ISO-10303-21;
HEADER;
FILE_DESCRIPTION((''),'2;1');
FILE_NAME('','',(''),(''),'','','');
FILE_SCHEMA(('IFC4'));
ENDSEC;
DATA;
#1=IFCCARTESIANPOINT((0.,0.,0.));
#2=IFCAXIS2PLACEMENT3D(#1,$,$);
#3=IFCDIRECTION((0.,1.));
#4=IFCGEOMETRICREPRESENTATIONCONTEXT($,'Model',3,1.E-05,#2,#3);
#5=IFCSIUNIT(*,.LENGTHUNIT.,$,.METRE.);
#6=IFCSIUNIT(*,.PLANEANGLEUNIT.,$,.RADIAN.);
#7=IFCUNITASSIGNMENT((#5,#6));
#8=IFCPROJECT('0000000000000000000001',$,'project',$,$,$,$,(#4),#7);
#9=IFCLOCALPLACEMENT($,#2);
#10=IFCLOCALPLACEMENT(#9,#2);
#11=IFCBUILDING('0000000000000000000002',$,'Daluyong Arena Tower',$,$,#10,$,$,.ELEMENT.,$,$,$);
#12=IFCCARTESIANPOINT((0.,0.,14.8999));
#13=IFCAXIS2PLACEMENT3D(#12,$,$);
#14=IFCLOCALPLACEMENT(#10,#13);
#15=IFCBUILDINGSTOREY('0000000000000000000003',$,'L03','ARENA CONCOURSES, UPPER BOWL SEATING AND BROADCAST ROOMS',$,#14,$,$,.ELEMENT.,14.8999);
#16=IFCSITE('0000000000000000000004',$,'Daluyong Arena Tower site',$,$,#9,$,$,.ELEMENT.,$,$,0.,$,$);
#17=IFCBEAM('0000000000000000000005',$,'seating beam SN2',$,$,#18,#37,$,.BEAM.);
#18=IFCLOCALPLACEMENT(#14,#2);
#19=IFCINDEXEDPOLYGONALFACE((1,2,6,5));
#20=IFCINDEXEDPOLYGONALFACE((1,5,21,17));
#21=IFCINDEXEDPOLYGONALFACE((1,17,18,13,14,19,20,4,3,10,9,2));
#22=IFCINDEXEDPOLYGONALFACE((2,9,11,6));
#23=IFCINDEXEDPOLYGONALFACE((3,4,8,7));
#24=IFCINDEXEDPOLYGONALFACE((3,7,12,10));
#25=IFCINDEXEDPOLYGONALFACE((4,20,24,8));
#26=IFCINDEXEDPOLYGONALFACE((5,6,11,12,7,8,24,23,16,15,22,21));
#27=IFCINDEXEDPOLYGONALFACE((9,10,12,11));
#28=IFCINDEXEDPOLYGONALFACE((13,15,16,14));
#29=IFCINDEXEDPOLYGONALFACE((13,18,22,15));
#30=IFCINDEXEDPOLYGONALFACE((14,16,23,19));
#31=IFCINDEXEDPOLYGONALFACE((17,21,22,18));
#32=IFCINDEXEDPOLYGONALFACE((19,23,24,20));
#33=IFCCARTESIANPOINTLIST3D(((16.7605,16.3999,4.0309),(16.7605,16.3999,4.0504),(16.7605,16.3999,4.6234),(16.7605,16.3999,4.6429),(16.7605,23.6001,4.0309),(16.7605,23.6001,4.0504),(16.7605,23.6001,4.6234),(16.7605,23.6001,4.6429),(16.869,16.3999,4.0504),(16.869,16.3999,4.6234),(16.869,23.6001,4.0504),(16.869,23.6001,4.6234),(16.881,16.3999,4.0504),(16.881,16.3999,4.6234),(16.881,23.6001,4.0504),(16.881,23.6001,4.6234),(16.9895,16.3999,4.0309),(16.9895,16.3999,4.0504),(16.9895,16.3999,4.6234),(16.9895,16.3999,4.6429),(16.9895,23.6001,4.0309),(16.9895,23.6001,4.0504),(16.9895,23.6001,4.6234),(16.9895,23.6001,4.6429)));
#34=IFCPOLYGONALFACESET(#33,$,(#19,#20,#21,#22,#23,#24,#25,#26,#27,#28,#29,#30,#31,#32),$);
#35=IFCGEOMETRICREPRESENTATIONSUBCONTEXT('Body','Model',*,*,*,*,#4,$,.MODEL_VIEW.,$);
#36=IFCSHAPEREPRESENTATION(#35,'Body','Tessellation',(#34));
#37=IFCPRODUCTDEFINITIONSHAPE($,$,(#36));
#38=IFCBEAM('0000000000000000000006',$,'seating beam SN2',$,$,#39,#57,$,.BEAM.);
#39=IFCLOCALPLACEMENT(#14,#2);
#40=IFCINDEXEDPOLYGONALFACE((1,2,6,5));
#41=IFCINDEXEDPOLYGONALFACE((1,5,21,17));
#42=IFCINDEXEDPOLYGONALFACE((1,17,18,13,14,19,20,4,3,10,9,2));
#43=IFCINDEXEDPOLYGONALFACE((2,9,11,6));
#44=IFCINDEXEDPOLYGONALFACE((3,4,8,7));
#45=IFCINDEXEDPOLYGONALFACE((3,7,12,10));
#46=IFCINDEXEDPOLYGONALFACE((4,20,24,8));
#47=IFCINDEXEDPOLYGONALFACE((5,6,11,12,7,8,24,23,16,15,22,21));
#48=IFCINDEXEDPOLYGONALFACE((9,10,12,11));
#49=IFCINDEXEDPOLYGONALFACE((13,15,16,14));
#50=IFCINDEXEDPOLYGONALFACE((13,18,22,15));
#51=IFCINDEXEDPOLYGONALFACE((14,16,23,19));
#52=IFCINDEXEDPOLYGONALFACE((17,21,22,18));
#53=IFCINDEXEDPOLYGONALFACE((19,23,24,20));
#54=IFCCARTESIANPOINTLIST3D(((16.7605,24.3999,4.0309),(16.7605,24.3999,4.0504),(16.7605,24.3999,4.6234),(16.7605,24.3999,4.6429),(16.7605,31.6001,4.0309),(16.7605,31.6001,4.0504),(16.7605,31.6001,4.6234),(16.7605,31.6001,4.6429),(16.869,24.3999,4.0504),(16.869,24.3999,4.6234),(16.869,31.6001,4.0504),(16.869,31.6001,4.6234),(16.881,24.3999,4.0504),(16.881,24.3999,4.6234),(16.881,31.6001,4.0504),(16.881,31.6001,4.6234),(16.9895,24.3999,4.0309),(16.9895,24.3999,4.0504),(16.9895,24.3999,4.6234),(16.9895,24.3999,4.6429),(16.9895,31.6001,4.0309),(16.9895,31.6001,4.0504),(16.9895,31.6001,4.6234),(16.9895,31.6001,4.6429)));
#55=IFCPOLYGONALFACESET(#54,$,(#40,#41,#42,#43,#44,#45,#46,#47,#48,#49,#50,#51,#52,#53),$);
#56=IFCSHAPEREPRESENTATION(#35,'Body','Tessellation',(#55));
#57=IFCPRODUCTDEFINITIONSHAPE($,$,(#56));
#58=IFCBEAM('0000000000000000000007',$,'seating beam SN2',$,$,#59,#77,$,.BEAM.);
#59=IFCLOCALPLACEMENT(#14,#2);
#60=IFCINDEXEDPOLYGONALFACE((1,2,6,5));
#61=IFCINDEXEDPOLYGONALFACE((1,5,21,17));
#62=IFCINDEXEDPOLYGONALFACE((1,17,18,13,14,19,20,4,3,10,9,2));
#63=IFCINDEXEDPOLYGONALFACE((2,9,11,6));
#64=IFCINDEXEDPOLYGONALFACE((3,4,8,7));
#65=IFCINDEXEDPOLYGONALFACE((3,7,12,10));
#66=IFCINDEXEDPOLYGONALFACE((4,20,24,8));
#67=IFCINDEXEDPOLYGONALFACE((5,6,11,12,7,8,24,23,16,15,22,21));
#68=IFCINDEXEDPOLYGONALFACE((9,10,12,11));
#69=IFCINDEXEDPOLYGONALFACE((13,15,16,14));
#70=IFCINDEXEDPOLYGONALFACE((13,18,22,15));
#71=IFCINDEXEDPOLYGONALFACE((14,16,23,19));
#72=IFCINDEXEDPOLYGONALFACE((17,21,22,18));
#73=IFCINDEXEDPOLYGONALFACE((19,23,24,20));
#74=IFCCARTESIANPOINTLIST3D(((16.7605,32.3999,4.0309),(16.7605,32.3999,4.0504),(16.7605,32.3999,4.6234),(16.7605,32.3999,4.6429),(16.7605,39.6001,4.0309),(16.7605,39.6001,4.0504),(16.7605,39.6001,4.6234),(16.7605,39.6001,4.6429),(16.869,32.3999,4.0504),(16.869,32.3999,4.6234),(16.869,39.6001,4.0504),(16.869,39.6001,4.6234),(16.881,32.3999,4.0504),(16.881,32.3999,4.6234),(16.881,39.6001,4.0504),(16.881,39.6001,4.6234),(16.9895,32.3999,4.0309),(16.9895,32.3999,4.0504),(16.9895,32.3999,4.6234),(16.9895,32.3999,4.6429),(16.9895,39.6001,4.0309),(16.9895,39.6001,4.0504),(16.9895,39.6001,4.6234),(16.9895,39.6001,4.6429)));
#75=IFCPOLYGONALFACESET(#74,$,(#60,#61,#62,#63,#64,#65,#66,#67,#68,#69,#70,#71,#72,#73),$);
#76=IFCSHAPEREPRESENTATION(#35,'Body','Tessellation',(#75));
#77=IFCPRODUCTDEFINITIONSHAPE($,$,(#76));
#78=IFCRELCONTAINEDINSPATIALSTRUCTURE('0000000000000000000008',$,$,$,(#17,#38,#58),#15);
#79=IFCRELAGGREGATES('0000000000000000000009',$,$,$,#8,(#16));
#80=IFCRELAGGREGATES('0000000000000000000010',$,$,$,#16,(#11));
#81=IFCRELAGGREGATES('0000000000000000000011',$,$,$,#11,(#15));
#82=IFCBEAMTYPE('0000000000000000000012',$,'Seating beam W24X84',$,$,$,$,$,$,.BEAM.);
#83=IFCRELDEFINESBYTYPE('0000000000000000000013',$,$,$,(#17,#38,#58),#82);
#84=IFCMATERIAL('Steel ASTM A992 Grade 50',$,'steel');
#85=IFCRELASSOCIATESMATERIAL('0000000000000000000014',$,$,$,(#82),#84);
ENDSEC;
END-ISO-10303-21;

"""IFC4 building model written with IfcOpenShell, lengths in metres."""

from ifc_helpers import new_model, si_unit, direction, frame, origin, origin_2d, place, context, subcontext, project, spatial, i_section, extrude, material, material_profile, profile_set, type_object, element, save


model = new_model("IFC4")

# Units and contexts
model_context = context("Model", 3, precision=1e-05, world=origin(), true_north=direction((0.0, 1.0)))
body_context = subcontext(model_context, "Body", "Model", "MODEL_VIEW")
ifc_project = project(units=[si_unit("LENGTHUNIT", "METRE"), si_unit("PLANEANGLEUNIT", "RADIAN")], contexts=[model_context])

# Site, building, storey
site_placement = place(None, origin())
site = spatial("IfcSite", under=ifc_project, at=site_placement, Name="Daluyong Arena Tower site", CompositionType="ELEMENT", RefElevation=0.0)
building_placement = place(site_placement, origin())
building = spatial("IfcBuilding", under=site, at=building_placement, Name="Daluyong Arena Tower", CompositionType="ELEMENT")
storey_placement = place(building_placement, frame((0.0, 0.0, 14.8999)))
storey = spatial("IfcBuildingStorey", under=building, at=storey_placement, Name="L03", Description="ARENA CONCOURSES, UPPER BOWL SEATING AND BROADCAST ROOMS", CompositionType="ELEMENT", Elevation=14.8999)

# Beams
ifc_material_1 = material(Name="Steel ASTM A992 Grade 50", Category="steel")
ifc_material_profile_1 = material_profile(ifc_material_1, i_section(OverallWidth=0.229, OverallDepth=0.6121, WebThickness=0.012, FlangeThickness=0.0195, at=origin_2d()))
ifc_profile_set_1 = profile_set([ifc_material_profile_1], Name="Steel ASTM A992 Grade 50")
beam_type_1 = type_object("IfcBeamType", Name="Seating beam W24X84", PredefinedType="BEAM", material=ifc_profile_set_1)
for number, where, z_axis, x_axis, name in (
    (1, (16.875, 16.3999, 4.3369), (0.0, 1.0, 0.0), (-1.0, 0.0, 0.0), "seating beam SN2"),
    (2, (16.875, 24.3999, 4.3369), (0.0, 1.0, 0.0), (-1.0, 0.0, 0.0), "seating beam SN2"),
    (3, (16.875, 32.3999, 4.3369), (0.0, 1.0, 0.0), (-1.0, 0.0, 0.0), "seating beam SN2"),
):
    element("IfcBeam", number, at=place(storey_placement, frame(where, z_axis=z_axis, x_axis=x_axis)), inside=storey, type_object=beam_type_1, Name=name, PredefinedType="BEAM", context=body_context, shape_type="SweptSolid", body=[
        extrude(i_section(OverallWidth=0.229, OverallDepth=0.6121, WebThickness=0.012, FlangeThickness=0.0195, at=origin_2d()), origin(), (0.0, 0.0, 1.0), 7.2002),
    ])

save(model, "model.ifc")
